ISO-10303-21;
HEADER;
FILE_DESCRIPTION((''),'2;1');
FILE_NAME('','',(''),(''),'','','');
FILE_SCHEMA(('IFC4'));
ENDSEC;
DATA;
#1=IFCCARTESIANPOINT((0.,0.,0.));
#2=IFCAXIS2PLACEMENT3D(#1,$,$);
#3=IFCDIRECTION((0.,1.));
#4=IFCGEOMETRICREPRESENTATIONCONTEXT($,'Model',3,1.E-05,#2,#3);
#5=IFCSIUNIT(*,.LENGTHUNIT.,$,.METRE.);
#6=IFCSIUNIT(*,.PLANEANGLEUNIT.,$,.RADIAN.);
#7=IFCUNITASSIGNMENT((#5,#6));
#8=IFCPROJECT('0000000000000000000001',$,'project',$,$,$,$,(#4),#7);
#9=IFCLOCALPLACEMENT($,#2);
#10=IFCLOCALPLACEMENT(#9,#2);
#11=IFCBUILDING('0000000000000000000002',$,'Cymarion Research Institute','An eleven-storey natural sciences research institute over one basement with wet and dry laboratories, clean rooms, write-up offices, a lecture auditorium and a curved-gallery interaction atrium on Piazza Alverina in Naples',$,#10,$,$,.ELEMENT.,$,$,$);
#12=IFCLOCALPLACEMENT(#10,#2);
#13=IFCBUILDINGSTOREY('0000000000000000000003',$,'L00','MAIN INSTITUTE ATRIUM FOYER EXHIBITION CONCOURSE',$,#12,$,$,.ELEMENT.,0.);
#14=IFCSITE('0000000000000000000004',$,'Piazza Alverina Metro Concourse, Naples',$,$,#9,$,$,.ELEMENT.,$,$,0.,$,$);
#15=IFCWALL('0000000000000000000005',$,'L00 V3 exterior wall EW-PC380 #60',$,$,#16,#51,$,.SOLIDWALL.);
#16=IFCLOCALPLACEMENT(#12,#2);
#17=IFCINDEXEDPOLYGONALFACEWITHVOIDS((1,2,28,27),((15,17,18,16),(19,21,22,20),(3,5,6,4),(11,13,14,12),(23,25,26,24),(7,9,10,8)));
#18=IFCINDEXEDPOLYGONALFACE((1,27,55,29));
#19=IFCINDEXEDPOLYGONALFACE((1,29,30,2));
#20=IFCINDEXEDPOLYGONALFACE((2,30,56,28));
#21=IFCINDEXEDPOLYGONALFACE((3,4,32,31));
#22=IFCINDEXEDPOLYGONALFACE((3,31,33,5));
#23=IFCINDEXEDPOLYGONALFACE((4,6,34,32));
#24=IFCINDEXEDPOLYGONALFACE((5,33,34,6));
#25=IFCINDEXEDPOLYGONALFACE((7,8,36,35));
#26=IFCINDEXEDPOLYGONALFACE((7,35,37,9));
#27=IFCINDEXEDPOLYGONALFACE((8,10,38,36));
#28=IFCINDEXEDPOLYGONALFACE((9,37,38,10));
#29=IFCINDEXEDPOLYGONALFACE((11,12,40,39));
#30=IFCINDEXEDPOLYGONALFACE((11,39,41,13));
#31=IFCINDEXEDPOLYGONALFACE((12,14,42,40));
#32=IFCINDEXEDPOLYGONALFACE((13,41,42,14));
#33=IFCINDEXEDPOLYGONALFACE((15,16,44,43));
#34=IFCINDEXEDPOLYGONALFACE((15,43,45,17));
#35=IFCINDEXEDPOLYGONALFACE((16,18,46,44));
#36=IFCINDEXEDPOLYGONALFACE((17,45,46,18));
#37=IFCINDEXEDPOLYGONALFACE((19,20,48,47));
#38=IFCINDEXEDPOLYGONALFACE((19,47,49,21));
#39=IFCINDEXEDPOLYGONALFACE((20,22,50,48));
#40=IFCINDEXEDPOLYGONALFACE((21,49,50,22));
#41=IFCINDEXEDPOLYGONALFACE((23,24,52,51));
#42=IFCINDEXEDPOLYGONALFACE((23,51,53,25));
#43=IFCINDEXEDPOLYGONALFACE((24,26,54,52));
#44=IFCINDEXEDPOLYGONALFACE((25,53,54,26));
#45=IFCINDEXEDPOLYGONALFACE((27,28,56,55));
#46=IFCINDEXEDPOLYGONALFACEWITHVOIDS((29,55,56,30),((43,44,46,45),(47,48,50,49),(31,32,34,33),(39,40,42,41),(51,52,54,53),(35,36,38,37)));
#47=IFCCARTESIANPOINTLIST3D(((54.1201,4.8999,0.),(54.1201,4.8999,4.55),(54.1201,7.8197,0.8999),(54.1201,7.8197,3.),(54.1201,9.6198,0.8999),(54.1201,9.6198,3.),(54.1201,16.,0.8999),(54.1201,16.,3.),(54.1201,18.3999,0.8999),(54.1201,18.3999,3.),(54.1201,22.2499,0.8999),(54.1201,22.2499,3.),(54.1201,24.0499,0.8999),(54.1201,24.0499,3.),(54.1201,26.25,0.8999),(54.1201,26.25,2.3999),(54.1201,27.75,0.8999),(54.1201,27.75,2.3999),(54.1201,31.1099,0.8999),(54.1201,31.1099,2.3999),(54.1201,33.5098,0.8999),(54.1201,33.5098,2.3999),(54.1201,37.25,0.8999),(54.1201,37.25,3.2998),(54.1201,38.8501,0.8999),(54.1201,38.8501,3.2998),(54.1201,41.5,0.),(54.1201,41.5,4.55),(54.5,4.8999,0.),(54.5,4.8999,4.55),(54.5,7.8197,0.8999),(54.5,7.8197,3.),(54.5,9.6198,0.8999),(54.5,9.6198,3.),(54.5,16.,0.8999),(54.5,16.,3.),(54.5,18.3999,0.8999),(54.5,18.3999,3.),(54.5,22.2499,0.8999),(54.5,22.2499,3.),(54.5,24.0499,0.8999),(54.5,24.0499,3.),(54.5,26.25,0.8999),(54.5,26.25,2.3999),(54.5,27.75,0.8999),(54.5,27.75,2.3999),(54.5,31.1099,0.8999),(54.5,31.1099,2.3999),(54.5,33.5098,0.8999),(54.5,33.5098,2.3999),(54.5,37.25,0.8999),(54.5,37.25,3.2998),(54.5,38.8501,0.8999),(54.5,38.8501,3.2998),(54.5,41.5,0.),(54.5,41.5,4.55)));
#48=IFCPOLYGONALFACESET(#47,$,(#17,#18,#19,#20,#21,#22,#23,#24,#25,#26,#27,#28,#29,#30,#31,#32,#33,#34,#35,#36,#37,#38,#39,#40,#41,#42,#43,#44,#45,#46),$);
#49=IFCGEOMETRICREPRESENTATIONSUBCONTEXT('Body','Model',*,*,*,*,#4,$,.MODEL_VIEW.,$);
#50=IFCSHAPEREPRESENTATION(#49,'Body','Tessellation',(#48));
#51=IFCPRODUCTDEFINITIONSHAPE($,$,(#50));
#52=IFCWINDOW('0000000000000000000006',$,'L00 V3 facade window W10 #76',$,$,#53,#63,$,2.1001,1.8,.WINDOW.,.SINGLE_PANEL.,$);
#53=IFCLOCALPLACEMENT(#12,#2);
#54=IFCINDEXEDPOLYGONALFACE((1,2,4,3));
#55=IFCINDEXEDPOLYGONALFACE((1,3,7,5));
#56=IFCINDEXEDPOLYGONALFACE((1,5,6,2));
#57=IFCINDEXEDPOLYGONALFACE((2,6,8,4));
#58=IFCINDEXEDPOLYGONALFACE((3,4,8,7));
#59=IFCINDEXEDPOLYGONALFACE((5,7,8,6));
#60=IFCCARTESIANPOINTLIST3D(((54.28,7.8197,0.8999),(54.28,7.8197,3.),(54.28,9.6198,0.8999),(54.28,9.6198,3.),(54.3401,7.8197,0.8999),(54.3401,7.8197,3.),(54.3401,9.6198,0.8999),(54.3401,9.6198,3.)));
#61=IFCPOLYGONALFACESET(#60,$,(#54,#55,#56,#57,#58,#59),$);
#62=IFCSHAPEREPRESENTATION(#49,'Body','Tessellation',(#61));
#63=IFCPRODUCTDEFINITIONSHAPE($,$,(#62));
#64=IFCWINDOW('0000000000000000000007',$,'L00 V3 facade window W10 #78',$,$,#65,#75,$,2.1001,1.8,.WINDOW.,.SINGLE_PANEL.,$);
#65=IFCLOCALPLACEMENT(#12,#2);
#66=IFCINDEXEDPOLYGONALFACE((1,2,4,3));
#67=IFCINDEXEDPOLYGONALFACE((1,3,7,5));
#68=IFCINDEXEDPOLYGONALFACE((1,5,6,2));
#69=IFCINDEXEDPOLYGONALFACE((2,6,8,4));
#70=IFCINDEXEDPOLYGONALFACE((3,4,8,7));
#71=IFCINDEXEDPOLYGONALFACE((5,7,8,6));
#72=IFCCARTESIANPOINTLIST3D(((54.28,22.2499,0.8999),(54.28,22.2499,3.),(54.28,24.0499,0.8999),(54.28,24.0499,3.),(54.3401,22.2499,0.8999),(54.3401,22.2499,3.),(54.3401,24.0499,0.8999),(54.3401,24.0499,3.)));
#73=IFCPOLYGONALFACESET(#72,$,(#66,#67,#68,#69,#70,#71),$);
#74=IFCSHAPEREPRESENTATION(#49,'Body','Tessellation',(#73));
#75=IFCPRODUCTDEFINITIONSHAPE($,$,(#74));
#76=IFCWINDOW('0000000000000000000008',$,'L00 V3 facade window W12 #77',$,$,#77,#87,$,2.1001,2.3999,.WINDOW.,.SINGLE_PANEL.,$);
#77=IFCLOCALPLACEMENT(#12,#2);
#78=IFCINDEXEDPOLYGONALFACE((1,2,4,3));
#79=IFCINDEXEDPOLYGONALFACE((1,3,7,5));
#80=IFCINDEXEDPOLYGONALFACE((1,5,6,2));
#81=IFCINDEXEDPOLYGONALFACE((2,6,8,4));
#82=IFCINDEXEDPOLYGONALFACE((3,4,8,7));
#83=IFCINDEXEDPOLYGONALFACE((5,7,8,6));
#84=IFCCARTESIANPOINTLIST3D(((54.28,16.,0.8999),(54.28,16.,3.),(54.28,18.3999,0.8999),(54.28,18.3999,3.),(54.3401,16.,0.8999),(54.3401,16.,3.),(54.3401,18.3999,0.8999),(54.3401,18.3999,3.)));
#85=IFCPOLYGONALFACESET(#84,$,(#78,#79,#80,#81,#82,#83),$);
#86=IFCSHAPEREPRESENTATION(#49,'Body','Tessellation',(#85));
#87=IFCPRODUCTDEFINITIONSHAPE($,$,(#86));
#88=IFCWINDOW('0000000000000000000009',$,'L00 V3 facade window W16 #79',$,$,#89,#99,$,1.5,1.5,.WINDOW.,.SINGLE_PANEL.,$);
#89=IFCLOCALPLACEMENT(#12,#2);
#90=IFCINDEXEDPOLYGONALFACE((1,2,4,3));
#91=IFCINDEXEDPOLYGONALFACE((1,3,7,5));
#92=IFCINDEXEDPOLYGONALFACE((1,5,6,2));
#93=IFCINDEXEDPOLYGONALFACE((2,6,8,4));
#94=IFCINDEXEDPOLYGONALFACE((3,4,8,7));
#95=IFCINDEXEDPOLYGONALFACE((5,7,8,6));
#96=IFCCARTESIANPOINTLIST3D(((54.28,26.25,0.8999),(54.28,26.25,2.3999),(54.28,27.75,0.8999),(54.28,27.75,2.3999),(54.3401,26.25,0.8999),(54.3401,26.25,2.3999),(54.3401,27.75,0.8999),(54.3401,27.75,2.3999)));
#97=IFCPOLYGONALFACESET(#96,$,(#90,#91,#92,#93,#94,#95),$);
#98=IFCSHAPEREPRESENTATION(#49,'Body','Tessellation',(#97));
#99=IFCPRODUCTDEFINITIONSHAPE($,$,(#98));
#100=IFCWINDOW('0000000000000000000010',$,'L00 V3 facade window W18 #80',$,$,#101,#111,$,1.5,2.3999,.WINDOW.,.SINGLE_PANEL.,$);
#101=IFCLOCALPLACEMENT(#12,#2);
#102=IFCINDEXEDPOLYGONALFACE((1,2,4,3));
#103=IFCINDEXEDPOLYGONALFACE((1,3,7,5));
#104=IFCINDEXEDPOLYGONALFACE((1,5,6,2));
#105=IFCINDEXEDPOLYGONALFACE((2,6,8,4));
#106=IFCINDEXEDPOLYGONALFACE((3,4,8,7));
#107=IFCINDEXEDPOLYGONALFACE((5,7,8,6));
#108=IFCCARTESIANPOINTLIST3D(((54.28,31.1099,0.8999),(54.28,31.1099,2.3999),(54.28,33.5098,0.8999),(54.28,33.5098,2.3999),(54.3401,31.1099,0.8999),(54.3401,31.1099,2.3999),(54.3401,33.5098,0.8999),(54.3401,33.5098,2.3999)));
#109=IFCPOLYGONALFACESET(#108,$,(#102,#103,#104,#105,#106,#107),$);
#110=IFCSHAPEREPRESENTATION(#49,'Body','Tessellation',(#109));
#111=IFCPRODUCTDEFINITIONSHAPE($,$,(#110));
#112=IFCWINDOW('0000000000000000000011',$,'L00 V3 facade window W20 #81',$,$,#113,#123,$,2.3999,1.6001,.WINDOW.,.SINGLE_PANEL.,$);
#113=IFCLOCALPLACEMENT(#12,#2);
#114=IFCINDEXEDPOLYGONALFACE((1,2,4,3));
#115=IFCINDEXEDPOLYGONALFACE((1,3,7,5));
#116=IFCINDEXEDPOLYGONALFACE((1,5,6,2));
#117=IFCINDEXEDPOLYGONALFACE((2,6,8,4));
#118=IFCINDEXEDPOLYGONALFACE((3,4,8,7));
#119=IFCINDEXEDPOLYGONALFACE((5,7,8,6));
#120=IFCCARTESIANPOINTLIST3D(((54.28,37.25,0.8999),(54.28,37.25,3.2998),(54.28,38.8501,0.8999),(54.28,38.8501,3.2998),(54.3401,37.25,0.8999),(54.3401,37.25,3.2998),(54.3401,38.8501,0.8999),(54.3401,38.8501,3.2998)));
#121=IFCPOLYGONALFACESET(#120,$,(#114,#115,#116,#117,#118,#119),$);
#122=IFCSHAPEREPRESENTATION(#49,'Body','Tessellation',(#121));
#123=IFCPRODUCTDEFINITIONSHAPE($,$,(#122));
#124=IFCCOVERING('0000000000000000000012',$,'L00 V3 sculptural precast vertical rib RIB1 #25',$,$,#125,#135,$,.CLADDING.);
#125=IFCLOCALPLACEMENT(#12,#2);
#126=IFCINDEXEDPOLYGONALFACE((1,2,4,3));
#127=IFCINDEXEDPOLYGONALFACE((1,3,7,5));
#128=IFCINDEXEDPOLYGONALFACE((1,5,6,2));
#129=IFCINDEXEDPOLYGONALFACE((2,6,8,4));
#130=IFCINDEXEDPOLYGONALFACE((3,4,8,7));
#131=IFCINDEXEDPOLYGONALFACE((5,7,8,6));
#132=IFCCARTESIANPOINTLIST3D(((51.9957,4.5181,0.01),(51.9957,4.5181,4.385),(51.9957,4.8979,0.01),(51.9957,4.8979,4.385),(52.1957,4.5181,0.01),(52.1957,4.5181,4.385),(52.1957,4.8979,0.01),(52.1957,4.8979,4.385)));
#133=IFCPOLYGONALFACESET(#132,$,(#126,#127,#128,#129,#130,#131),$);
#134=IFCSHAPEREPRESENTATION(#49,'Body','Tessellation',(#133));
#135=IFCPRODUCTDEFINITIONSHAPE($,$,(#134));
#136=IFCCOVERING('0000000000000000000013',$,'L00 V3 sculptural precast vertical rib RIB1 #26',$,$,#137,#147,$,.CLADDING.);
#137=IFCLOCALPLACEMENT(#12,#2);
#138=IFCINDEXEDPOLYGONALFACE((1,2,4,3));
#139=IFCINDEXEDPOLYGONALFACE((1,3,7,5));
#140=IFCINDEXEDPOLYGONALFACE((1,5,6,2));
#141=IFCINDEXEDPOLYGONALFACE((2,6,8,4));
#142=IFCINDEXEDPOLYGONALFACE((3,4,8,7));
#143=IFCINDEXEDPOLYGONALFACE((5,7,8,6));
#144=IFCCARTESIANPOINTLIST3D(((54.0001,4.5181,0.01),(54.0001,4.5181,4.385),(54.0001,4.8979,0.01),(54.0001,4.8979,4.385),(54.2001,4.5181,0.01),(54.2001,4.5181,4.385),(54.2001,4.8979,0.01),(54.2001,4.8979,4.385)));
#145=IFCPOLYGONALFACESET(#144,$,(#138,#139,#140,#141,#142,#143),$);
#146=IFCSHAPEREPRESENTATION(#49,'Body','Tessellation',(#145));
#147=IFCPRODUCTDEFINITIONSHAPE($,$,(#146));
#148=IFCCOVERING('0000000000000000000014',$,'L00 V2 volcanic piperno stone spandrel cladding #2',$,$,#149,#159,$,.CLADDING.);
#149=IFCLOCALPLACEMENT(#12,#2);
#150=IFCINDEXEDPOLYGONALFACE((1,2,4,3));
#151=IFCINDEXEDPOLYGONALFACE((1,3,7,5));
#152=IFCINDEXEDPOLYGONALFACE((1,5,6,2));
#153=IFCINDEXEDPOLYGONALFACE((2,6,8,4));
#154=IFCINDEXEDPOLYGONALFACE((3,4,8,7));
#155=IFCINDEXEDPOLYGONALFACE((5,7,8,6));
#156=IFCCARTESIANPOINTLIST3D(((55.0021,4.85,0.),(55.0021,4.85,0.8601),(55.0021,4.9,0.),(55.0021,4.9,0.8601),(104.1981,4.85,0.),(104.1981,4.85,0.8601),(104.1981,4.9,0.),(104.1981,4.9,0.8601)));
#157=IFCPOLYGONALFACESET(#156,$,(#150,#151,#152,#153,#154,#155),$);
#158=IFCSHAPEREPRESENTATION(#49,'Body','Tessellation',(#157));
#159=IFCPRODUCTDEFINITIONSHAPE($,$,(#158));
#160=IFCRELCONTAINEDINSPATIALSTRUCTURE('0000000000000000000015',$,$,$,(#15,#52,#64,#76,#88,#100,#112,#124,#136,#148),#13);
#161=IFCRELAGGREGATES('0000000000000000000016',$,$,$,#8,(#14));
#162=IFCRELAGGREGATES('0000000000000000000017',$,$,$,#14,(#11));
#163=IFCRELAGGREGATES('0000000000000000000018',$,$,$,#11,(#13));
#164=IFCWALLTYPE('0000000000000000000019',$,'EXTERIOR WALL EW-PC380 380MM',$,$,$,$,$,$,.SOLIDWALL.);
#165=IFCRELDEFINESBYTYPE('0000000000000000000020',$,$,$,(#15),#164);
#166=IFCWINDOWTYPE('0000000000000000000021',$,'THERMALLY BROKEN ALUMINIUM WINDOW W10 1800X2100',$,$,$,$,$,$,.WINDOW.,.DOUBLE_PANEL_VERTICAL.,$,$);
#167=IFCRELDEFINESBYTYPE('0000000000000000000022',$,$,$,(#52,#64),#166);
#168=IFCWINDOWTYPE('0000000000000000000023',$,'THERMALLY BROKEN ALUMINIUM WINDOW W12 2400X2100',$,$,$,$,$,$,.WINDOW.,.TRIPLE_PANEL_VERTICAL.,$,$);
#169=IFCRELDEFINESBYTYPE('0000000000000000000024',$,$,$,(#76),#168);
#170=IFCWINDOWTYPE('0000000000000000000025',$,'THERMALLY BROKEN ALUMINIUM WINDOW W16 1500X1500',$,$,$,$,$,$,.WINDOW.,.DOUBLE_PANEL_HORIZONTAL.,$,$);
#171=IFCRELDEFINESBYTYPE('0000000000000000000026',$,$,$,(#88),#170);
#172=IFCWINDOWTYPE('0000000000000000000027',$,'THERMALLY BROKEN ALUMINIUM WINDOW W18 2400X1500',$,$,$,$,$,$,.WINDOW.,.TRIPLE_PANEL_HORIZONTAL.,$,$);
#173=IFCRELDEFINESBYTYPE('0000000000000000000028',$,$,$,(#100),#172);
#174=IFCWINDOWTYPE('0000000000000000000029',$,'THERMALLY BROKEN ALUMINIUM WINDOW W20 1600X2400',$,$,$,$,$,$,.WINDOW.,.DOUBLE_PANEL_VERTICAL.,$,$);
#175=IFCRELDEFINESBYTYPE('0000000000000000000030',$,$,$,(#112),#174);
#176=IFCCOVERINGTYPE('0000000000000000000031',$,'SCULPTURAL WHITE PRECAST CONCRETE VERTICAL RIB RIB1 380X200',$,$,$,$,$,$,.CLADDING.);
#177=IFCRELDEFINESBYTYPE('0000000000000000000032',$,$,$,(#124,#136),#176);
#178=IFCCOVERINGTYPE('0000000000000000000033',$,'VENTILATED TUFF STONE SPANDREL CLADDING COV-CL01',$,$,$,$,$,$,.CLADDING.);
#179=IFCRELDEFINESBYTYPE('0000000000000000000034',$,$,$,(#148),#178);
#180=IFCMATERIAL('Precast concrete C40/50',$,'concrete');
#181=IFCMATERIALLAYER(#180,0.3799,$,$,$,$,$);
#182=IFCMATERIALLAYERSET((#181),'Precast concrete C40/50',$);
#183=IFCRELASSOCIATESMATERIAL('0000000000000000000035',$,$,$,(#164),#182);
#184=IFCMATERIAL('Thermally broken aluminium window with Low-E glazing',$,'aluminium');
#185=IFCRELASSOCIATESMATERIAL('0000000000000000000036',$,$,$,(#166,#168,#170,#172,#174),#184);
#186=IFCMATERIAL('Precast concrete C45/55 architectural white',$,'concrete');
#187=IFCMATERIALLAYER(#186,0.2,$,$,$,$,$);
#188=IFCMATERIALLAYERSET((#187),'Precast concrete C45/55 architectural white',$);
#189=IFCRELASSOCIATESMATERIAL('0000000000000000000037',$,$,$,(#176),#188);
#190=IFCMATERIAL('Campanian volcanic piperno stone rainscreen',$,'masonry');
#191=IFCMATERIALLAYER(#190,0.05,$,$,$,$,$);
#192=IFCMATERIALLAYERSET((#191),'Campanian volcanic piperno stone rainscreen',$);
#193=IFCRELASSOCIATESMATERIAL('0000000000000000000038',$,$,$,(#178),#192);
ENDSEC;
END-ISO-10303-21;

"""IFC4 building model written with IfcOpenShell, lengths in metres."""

from ifc_helpers import new_model, si_unit, direction, frame, frame_2d, origin, origin_2d, place, context, subcontext, project, spatial, rectangle, extrude, material, layer, layer_set, type_object, element, fill, save


model = new_model("IFC4")

# Units and contexts
model_context = context("Model", 3, precision=1e-05, world=origin(), true_north=direction((0.0, 1.0)))
body_context = subcontext(model_context, "Body", "Model", "MODEL_VIEW")
ifc_project = project(units=[si_unit("LENGTHUNIT", "METRE"), si_unit("PLANEANGLEUNIT", "RADIAN")], contexts=[model_context])

# Site, building, storey
site_placement = place(None, origin())
site = spatial("IfcSite", under=ifc_project, at=site_placement, Name="Piazza Alverina Metro Concourse, Naples", CompositionType="ELEMENT", RefElevation=0.0)
building_placement = place(site_placement, origin())
building = spatial("IfcBuilding", under=site, at=building_placement, Name="Cymarion Research Institute", Description="An eleven-storey natural sciences research institute over one basement with wet and dry laboratories, clean rooms, write-up offices, a lecture auditorium and a curved-gallery interaction atrium on Piazza Alverina in Naples", CompositionType="ELEMENT")
storey_placement = place(building_placement, origin())
storey = spatial("IfcBuildingStorey", under=building, at=storey_placement, Name="L00", Description="MAIN INSTITUTE ATRIUM FOYER EXHIBITION CONCOURSE", CompositionType="ELEMENT", Elevation=0.0)

# Wall, openings, windows
ifc_material_1 = material(Name="Precast concrete C40/50", Category="concrete")
ifc_layer_1 = layer(ifc_material_1, 0.3799)
ifc_layer_set_1 = layer_set([ifc_layer_1], Name="Precast concrete C40/50")
wall_type = type_object("IfcWallType", Name="EXTERIOR WALL EW-PC380 380MM", PredefinedType="SOLIDWALL", material=ifc_layer_set_1)
wall_placement = place(storey_placement, frame((54.3101, 4.8999, 0.0), z_axis=(0.0, 0.0, 1.0), x_axis=(0.0, 1.0, 0.0)))
wall = element("IfcWall", 1, at=wall_placement, inside=storey, type_object=wall_type, Name="L00 V3 exterior wall EW-PC380 #60", PredefinedType="SOLIDWALL", context=body_context, shape_type="SweptSolid", body=[
    extrude(rectangle(XDim=36.6001, YDim=0.3799, at=frame_2d((18.3, 0.0))), origin(), (0.0, 0.0, 1.0), 4.55),
])
opening_1_placement = place(wall_placement, frame((2.9199, 0.0, 0.8999)))
opening_1 = element("IfcOpeningElement", 2, at=opening_1_placement, cuts=wall, PredefinedType="OPENING", context=body_context, shape_type="SweptSolid", body=[
    extrude(rectangle(XDim=1.8, YDim=2.1001, at=frame_2d((0.8999, 1.05))), frame((0.0, 0.2, 0.0), z_axis=(0.0, -1.0, 0.0), x_axis=(1.0, 0.0, 0.0)), (0.0, 0.0, 1.0), 0.3999),
])
opening_2_placement = place(wall_placement, frame((11.1001, 0.0, 0.8999)))
opening_2 = element("IfcOpeningElement", 3, at=opening_2_placement, cuts=wall, PredefinedType="OPENING", context=body_context, shape_type="SweptSolid", body=[
    extrude(rectangle(XDim=2.3999, YDim=2.1001, at=frame_2d((1.2, 1.05))), frame((0.0, 0.2, 0.0), z_axis=(0.0, -1.0, 0.0), x_axis=(1.0, 0.0, 0.0)), (0.0, 0.0, 1.0), 0.3999),
])
opening_3_placement = place(wall_placement, frame((17.3501, 0.0, 0.8999)))
opening_3 = element("IfcOpeningElement", 4, at=opening_3_placement, cuts=wall, PredefinedType="OPENING", context=body_context, shape_type="SweptSolid", body=[
    extrude(rectangle(XDim=1.8, YDim=2.1001, at=frame_2d((0.8999, 1.05))), frame((0.0, 0.2, 0.0), z_axis=(0.0, -1.0, 0.0), x_axis=(1.0, 0.0, 0.0)), (0.0, 0.0, 1.0), 0.3999),
])
opening_4_placement = place(wall_placement, frame((21.3501, 0.0, 0.8999)))
opening_4 = element("IfcOpeningElement", 5, at=opening_4_placement, cuts=wall, PredefinedType="OPENING", context=body_context, shape_type="SweptSolid", body=[
    extrude(rectangle(XDim=1.5, YDim=1.5, at=frame_2d((0.75, 0.75))), frame((0.0, 0.2, 0.0), z_axis=(0.0, -1.0, 0.0), x_axis=(1.0, 0.0, 0.0)), (0.0, 0.0, 1.0), 0.3999),
])
opening_5_placement = place(wall_placement, frame((26.21, 0.0, 0.8999)))
opening_5 = element("IfcOpeningElement", 6, at=opening_5_placement, cuts=wall, PredefinedType="OPENING", context=body_context, shape_type="SweptSolid", body=[
    extrude(rectangle(XDim=2.3999, YDim=1.5, at=frame_2d((1.2, 0.75))), frame((0.0, 0.2, 0.0), z_axis=(0.0, -1.0, 0.0), x_axis=(1.0, 0.0, 0.0)), (0.0, 0.0, 1.0), 0.3999),
])
opening_6_placement = place(wall_placement, frame((32.3501, 0.0, 0.8999)))
opening_6 = element("IfcOpeningElement", 7, at=opening_6_placement, cuts=wall, PredefinedType="OPENING", context=body_context, shape_type="SweptSolid", body=[
    extrude(rectangle(XDim=1.6001, YDim=2.3999, at=frame_2d((0.8, 1.2))), frame((0.0, 0.2, 0.0), z_axis=(0.0, -1.0, 0.0), x_axis=(1.0, 0.0, 0.0)), (0.0, 0.0, 1.0), 0.3999),
])
ifc_material_2 = material(Name="Thermally broken aluminium window with Low-E glazing", Category="aluminium")
window_type_1 = type_object("IfcWindowType", Name="THERMALLY BROKEN ALUMINIUM WINDOW W10 1800X2100", PartitioningType="DOUBLE_PANEL_VERTICAL", PredefinedType="WINDOW", material=ifc_material_2)
window_1_placement = place(opening_1_placement, origin())
window_1 = element("IfcWindow", 8, at=window_1_placement, inside=storey, type_object=window_type_1, Name="L00 V3 facade window W10 #76", OverallHeight=2.1001, OverallWidth=1.8, PartitioningType="SINGLE_PANEL", PredefinedType="WINDOW", context=body_context, shape_type="SweptSolid", body=[
    extrude(rectangle(XDim=1.8, YDim=2.1001, at=frame_2d((0.8999, 1.05))), frame((0.0, 0.03, 0.0), z_axis=(0.0, -1.0, 0.0), x_axis=(1.0, 0.0, 0.0)), (0.0, 0.0, 1.0), 0.0601),
])
fill(opening_1, window_1)
window_2_placement = place(opening_3_placement, origin())
window_2 = element("IfcWindow", 9, at=window_2_placement, inside=storey, type_object=window_type_1, Name="L00 V3 facade window W10 #78", OverallHeight=2.1001, OverallWidth=1.8, PartitioningType="SINGLE_PANEL", PredefinedType="WINDOW", context=body_context, shape_type="SweptSolid", body=[
    extrude(rectangle(XDim=1.8, YDim=2.1001, at=frame_2d((0.8999, 1.05))), frame((0.0, 0.03, 0.0), z_axis=(0.0, -1.0, 0.0), x_axis=(1.0, 0.0, 0.0)), (0.0, 0.0, 1.0), 0.0601),
])
fill(opening_3, window_2)
window_type_2 = type_object("IfcWindowType", Name="THERMALLY BROKEN ALUMINIUM WINDOW W12 2400X2100", PartitioningType="TRIPLE_PANEL_VERTICAL", PredefinedType="WINDOW", material=ifc_material_2)
window_3_placement = place(opening_2_placement, origin())
window_3 = element("IfcWindow", 10, at=window_3_placement, inside=storey, type_object=window_type_2, Name="L00 V3 facade window W12 #77", OverallHeight=2.1001, OverallWidth=2.3999, PartitioningType="SINGLE_PANEL", PredefinedType="WINDOW", context=body_context, shape_type="SweptSolid", body=[
    extrude(rectangle(XDim=2.3999, YDim=2.1001, at=frame_2d((1.2, 1.05))), frame((0.0, 0.03, 0.0), z_axis=(0.0, -1.0, 0.0), x_axis=(1.0, 0.0, 0.0)), (0.0, 0.0, 1.0), 0.0601),
])
fill(opening_2, window_3)
window_type_3 = type_object("IfcWindowType", Name="THERMALLY BROKEN ALUMINIUM WINDOW W16 1500X1500", PartitioningType="DOUBLE_PANEL_HORIZONTAL", PredefinedType="WINDOW", material=ifc_material_2)
window_4_placement = place(opening_4_placement, origin())
window_4 = element("IfcWindow", 11, at=window_4_placement, inside=storey, type_object=window_type_3, Name="L00 V3 facade window W16 #79", OverallHeight=1.5, OverallWidth=1.5, PartitioningType="SINGLE_PANEL", PredefinedType="WINDOW", context=body_context, shape_type="SweptSolid", body=[
    extrude(rectangle(XDim=1.5, YDim=1.5, at=frame_2d((0.75, 0.75))), frame((0.0, 0.03, 0.0), z_axis=(0.0, -1.0, 0.0), x_axis=(1.0, 0.0, 0.0)), (0.0, 0.0, 1.0), 0.0601),
])
fill(opening_4, window_4)
window_type_4 = type_object("IfcWindowType", Name="THERMALLY BROKEN ALUMINIUM WINDOW W18 2400X1500", PartitioningType="TRIPLE_PANEL_HORIZONTAL", PredefinedType="WINDOW", material=ifc_material_2)
window_5_placement = place(opening_5_placement, origin())
window_5 = element("IfcWindow", 12, at=window_5_placement, inside=storey, type_object=window_type_4, Name="L00 V3 facade window W18 #80", OverallHeight=1.5, OverallWidth=2.3999, PartitioningType="SINGLE_PANEL", PredefinedType="WINDOW", context=body_context, shape_type="SweptSolid", body=[
    extrude(rectangle(XDim=2.3999, YDim=1.5, at=frame_2d((1.2, 0.75))), frame((0.0, 0.03, 0.0), z_axis=(0.0, -1.0, 0.0), x_axis=(1.0, 0.0, 0.0)), (0.0, 0.0, 1.0), 0.0601),
])
fill(opening_5, window_5)
window_type_5 = type_object("IfcWindowType", Name="THERMALLY BROKEN ALUMINIUM WINDOW W20 1600X2400", PartitioningType="DOUBLE_PANEL_VERTICAL", PredefinedType="WINDOW", material=ifc_material_2)
window_6_placement = place(opening_6_placement, origin())
window_6 = element("IfcWindow", 13, at=window_6_placement, inside=storey, type_object=window_type_5, Name="L00 V3 facade window W20 #81", OverallHeight=2.3999, OverallWidth=1.6001, PartitioningType="SINGLE_PANEL", PredefinedType="WINDOW", context=body_context, shape_type="SweptSolid", body=[
    extrude(rectangle(XDim=1.6001, YDim=2.3999, at=frame_2d((0.8, 1.2))), frame((0.0, 0.03, 0.0), z_axis=(0.0, -1.0, 0.0), x_axis=(1.0, 0.0, 0.0)), (0.0, 0.0, 1.0), 0.0601),
])
fill(opening_6, window_6)

# Coverings
ifc_material_3 = material(Name="Precast concrete C45/55 architectural white", Category="concrete")
ifc_layer_2 = layer(ifc_material_3, 0.2)
ifc_layer_set_2 = layer_set([ifc_layer_2], Name="Precast concrete C45/55 architectural white")
covering_type_1 = type_object("IfcCoveringType", Name="SCULPTURAL WHITE PRECAST CONCRETE VERTICAL RIB RIB1 380X200", PredefinedType="CLADDING", material=ifc_layer_set_2)
for number, where, z_axis, x_axis, name in (
    (14, (52.0957, 4.708, 0.01), (0.0, 0.0, 1.0), (0.0, -1.0, 0.0), "L00 V3 sculptural precast vertical rib RIB1 #25"),
    (15, (54.1001, 4.708, 0.01), (0.0, 0.0, 1.0), (0.0, -1.0, 0.0), "L00 V3 sculptural precast vertical rib RIB1 #26"),
):
    element("IfcCovering", number, at=place(storey_placement, frame(where, z_axis=z_axis, x_axis=x_axis)), inside=storey, type_object=covering_type_1, Name=name, PredefinedType="CLADDING", context=body_context, shape_type="SweptSolid", body=[
        extrude(rectangle(XDim=0.3799, YDim=0.2, at=origin_2d()), origin(), (0.0, 0.0, 1.0), 4.375),
    ])
ifc_material_4 = material(Name="Campanian volcanic piperno stone rainscreen", Category="masonry")
ifc_layer_3 = layer(ifc_material_4, 0.05)
ifc_layer_set_3 = layer_set([ifc_layer_3], Name="Campanian volcanic piperno stone rainscreen")
covering_type_2 = type_object("IfcCoveringType", Name="VENTILATED TUFF STONE SPANDREL CLADDING COV-CL01", PredefinedType="CLADDING", material=ifc_layer_set_3)
covering_1_placement = place(storey_placement, frame((55.002, 4.875, 0.0), z_axis=(0.0, 0.0, 1.0), x_axis=(1.0, 0.0, 0.0)))
element("IfcCovering", 16, at=covering_1_placement, inside=storey, type_object=covering_type_2, Name="L00 V2 volcanic piperno stone spandrel cladding #2", PredefinedType="CLADDING", context=body_context, shape_type="SweptSolid", body=[
    extrude(rectangle(XDim=49.196, YDim=0.05, at=frame_2d((24.5981, 0.0))), origin(), (0.0, 0.0, 1.0), 0.8601),
])

save(model, "model.ifc")
